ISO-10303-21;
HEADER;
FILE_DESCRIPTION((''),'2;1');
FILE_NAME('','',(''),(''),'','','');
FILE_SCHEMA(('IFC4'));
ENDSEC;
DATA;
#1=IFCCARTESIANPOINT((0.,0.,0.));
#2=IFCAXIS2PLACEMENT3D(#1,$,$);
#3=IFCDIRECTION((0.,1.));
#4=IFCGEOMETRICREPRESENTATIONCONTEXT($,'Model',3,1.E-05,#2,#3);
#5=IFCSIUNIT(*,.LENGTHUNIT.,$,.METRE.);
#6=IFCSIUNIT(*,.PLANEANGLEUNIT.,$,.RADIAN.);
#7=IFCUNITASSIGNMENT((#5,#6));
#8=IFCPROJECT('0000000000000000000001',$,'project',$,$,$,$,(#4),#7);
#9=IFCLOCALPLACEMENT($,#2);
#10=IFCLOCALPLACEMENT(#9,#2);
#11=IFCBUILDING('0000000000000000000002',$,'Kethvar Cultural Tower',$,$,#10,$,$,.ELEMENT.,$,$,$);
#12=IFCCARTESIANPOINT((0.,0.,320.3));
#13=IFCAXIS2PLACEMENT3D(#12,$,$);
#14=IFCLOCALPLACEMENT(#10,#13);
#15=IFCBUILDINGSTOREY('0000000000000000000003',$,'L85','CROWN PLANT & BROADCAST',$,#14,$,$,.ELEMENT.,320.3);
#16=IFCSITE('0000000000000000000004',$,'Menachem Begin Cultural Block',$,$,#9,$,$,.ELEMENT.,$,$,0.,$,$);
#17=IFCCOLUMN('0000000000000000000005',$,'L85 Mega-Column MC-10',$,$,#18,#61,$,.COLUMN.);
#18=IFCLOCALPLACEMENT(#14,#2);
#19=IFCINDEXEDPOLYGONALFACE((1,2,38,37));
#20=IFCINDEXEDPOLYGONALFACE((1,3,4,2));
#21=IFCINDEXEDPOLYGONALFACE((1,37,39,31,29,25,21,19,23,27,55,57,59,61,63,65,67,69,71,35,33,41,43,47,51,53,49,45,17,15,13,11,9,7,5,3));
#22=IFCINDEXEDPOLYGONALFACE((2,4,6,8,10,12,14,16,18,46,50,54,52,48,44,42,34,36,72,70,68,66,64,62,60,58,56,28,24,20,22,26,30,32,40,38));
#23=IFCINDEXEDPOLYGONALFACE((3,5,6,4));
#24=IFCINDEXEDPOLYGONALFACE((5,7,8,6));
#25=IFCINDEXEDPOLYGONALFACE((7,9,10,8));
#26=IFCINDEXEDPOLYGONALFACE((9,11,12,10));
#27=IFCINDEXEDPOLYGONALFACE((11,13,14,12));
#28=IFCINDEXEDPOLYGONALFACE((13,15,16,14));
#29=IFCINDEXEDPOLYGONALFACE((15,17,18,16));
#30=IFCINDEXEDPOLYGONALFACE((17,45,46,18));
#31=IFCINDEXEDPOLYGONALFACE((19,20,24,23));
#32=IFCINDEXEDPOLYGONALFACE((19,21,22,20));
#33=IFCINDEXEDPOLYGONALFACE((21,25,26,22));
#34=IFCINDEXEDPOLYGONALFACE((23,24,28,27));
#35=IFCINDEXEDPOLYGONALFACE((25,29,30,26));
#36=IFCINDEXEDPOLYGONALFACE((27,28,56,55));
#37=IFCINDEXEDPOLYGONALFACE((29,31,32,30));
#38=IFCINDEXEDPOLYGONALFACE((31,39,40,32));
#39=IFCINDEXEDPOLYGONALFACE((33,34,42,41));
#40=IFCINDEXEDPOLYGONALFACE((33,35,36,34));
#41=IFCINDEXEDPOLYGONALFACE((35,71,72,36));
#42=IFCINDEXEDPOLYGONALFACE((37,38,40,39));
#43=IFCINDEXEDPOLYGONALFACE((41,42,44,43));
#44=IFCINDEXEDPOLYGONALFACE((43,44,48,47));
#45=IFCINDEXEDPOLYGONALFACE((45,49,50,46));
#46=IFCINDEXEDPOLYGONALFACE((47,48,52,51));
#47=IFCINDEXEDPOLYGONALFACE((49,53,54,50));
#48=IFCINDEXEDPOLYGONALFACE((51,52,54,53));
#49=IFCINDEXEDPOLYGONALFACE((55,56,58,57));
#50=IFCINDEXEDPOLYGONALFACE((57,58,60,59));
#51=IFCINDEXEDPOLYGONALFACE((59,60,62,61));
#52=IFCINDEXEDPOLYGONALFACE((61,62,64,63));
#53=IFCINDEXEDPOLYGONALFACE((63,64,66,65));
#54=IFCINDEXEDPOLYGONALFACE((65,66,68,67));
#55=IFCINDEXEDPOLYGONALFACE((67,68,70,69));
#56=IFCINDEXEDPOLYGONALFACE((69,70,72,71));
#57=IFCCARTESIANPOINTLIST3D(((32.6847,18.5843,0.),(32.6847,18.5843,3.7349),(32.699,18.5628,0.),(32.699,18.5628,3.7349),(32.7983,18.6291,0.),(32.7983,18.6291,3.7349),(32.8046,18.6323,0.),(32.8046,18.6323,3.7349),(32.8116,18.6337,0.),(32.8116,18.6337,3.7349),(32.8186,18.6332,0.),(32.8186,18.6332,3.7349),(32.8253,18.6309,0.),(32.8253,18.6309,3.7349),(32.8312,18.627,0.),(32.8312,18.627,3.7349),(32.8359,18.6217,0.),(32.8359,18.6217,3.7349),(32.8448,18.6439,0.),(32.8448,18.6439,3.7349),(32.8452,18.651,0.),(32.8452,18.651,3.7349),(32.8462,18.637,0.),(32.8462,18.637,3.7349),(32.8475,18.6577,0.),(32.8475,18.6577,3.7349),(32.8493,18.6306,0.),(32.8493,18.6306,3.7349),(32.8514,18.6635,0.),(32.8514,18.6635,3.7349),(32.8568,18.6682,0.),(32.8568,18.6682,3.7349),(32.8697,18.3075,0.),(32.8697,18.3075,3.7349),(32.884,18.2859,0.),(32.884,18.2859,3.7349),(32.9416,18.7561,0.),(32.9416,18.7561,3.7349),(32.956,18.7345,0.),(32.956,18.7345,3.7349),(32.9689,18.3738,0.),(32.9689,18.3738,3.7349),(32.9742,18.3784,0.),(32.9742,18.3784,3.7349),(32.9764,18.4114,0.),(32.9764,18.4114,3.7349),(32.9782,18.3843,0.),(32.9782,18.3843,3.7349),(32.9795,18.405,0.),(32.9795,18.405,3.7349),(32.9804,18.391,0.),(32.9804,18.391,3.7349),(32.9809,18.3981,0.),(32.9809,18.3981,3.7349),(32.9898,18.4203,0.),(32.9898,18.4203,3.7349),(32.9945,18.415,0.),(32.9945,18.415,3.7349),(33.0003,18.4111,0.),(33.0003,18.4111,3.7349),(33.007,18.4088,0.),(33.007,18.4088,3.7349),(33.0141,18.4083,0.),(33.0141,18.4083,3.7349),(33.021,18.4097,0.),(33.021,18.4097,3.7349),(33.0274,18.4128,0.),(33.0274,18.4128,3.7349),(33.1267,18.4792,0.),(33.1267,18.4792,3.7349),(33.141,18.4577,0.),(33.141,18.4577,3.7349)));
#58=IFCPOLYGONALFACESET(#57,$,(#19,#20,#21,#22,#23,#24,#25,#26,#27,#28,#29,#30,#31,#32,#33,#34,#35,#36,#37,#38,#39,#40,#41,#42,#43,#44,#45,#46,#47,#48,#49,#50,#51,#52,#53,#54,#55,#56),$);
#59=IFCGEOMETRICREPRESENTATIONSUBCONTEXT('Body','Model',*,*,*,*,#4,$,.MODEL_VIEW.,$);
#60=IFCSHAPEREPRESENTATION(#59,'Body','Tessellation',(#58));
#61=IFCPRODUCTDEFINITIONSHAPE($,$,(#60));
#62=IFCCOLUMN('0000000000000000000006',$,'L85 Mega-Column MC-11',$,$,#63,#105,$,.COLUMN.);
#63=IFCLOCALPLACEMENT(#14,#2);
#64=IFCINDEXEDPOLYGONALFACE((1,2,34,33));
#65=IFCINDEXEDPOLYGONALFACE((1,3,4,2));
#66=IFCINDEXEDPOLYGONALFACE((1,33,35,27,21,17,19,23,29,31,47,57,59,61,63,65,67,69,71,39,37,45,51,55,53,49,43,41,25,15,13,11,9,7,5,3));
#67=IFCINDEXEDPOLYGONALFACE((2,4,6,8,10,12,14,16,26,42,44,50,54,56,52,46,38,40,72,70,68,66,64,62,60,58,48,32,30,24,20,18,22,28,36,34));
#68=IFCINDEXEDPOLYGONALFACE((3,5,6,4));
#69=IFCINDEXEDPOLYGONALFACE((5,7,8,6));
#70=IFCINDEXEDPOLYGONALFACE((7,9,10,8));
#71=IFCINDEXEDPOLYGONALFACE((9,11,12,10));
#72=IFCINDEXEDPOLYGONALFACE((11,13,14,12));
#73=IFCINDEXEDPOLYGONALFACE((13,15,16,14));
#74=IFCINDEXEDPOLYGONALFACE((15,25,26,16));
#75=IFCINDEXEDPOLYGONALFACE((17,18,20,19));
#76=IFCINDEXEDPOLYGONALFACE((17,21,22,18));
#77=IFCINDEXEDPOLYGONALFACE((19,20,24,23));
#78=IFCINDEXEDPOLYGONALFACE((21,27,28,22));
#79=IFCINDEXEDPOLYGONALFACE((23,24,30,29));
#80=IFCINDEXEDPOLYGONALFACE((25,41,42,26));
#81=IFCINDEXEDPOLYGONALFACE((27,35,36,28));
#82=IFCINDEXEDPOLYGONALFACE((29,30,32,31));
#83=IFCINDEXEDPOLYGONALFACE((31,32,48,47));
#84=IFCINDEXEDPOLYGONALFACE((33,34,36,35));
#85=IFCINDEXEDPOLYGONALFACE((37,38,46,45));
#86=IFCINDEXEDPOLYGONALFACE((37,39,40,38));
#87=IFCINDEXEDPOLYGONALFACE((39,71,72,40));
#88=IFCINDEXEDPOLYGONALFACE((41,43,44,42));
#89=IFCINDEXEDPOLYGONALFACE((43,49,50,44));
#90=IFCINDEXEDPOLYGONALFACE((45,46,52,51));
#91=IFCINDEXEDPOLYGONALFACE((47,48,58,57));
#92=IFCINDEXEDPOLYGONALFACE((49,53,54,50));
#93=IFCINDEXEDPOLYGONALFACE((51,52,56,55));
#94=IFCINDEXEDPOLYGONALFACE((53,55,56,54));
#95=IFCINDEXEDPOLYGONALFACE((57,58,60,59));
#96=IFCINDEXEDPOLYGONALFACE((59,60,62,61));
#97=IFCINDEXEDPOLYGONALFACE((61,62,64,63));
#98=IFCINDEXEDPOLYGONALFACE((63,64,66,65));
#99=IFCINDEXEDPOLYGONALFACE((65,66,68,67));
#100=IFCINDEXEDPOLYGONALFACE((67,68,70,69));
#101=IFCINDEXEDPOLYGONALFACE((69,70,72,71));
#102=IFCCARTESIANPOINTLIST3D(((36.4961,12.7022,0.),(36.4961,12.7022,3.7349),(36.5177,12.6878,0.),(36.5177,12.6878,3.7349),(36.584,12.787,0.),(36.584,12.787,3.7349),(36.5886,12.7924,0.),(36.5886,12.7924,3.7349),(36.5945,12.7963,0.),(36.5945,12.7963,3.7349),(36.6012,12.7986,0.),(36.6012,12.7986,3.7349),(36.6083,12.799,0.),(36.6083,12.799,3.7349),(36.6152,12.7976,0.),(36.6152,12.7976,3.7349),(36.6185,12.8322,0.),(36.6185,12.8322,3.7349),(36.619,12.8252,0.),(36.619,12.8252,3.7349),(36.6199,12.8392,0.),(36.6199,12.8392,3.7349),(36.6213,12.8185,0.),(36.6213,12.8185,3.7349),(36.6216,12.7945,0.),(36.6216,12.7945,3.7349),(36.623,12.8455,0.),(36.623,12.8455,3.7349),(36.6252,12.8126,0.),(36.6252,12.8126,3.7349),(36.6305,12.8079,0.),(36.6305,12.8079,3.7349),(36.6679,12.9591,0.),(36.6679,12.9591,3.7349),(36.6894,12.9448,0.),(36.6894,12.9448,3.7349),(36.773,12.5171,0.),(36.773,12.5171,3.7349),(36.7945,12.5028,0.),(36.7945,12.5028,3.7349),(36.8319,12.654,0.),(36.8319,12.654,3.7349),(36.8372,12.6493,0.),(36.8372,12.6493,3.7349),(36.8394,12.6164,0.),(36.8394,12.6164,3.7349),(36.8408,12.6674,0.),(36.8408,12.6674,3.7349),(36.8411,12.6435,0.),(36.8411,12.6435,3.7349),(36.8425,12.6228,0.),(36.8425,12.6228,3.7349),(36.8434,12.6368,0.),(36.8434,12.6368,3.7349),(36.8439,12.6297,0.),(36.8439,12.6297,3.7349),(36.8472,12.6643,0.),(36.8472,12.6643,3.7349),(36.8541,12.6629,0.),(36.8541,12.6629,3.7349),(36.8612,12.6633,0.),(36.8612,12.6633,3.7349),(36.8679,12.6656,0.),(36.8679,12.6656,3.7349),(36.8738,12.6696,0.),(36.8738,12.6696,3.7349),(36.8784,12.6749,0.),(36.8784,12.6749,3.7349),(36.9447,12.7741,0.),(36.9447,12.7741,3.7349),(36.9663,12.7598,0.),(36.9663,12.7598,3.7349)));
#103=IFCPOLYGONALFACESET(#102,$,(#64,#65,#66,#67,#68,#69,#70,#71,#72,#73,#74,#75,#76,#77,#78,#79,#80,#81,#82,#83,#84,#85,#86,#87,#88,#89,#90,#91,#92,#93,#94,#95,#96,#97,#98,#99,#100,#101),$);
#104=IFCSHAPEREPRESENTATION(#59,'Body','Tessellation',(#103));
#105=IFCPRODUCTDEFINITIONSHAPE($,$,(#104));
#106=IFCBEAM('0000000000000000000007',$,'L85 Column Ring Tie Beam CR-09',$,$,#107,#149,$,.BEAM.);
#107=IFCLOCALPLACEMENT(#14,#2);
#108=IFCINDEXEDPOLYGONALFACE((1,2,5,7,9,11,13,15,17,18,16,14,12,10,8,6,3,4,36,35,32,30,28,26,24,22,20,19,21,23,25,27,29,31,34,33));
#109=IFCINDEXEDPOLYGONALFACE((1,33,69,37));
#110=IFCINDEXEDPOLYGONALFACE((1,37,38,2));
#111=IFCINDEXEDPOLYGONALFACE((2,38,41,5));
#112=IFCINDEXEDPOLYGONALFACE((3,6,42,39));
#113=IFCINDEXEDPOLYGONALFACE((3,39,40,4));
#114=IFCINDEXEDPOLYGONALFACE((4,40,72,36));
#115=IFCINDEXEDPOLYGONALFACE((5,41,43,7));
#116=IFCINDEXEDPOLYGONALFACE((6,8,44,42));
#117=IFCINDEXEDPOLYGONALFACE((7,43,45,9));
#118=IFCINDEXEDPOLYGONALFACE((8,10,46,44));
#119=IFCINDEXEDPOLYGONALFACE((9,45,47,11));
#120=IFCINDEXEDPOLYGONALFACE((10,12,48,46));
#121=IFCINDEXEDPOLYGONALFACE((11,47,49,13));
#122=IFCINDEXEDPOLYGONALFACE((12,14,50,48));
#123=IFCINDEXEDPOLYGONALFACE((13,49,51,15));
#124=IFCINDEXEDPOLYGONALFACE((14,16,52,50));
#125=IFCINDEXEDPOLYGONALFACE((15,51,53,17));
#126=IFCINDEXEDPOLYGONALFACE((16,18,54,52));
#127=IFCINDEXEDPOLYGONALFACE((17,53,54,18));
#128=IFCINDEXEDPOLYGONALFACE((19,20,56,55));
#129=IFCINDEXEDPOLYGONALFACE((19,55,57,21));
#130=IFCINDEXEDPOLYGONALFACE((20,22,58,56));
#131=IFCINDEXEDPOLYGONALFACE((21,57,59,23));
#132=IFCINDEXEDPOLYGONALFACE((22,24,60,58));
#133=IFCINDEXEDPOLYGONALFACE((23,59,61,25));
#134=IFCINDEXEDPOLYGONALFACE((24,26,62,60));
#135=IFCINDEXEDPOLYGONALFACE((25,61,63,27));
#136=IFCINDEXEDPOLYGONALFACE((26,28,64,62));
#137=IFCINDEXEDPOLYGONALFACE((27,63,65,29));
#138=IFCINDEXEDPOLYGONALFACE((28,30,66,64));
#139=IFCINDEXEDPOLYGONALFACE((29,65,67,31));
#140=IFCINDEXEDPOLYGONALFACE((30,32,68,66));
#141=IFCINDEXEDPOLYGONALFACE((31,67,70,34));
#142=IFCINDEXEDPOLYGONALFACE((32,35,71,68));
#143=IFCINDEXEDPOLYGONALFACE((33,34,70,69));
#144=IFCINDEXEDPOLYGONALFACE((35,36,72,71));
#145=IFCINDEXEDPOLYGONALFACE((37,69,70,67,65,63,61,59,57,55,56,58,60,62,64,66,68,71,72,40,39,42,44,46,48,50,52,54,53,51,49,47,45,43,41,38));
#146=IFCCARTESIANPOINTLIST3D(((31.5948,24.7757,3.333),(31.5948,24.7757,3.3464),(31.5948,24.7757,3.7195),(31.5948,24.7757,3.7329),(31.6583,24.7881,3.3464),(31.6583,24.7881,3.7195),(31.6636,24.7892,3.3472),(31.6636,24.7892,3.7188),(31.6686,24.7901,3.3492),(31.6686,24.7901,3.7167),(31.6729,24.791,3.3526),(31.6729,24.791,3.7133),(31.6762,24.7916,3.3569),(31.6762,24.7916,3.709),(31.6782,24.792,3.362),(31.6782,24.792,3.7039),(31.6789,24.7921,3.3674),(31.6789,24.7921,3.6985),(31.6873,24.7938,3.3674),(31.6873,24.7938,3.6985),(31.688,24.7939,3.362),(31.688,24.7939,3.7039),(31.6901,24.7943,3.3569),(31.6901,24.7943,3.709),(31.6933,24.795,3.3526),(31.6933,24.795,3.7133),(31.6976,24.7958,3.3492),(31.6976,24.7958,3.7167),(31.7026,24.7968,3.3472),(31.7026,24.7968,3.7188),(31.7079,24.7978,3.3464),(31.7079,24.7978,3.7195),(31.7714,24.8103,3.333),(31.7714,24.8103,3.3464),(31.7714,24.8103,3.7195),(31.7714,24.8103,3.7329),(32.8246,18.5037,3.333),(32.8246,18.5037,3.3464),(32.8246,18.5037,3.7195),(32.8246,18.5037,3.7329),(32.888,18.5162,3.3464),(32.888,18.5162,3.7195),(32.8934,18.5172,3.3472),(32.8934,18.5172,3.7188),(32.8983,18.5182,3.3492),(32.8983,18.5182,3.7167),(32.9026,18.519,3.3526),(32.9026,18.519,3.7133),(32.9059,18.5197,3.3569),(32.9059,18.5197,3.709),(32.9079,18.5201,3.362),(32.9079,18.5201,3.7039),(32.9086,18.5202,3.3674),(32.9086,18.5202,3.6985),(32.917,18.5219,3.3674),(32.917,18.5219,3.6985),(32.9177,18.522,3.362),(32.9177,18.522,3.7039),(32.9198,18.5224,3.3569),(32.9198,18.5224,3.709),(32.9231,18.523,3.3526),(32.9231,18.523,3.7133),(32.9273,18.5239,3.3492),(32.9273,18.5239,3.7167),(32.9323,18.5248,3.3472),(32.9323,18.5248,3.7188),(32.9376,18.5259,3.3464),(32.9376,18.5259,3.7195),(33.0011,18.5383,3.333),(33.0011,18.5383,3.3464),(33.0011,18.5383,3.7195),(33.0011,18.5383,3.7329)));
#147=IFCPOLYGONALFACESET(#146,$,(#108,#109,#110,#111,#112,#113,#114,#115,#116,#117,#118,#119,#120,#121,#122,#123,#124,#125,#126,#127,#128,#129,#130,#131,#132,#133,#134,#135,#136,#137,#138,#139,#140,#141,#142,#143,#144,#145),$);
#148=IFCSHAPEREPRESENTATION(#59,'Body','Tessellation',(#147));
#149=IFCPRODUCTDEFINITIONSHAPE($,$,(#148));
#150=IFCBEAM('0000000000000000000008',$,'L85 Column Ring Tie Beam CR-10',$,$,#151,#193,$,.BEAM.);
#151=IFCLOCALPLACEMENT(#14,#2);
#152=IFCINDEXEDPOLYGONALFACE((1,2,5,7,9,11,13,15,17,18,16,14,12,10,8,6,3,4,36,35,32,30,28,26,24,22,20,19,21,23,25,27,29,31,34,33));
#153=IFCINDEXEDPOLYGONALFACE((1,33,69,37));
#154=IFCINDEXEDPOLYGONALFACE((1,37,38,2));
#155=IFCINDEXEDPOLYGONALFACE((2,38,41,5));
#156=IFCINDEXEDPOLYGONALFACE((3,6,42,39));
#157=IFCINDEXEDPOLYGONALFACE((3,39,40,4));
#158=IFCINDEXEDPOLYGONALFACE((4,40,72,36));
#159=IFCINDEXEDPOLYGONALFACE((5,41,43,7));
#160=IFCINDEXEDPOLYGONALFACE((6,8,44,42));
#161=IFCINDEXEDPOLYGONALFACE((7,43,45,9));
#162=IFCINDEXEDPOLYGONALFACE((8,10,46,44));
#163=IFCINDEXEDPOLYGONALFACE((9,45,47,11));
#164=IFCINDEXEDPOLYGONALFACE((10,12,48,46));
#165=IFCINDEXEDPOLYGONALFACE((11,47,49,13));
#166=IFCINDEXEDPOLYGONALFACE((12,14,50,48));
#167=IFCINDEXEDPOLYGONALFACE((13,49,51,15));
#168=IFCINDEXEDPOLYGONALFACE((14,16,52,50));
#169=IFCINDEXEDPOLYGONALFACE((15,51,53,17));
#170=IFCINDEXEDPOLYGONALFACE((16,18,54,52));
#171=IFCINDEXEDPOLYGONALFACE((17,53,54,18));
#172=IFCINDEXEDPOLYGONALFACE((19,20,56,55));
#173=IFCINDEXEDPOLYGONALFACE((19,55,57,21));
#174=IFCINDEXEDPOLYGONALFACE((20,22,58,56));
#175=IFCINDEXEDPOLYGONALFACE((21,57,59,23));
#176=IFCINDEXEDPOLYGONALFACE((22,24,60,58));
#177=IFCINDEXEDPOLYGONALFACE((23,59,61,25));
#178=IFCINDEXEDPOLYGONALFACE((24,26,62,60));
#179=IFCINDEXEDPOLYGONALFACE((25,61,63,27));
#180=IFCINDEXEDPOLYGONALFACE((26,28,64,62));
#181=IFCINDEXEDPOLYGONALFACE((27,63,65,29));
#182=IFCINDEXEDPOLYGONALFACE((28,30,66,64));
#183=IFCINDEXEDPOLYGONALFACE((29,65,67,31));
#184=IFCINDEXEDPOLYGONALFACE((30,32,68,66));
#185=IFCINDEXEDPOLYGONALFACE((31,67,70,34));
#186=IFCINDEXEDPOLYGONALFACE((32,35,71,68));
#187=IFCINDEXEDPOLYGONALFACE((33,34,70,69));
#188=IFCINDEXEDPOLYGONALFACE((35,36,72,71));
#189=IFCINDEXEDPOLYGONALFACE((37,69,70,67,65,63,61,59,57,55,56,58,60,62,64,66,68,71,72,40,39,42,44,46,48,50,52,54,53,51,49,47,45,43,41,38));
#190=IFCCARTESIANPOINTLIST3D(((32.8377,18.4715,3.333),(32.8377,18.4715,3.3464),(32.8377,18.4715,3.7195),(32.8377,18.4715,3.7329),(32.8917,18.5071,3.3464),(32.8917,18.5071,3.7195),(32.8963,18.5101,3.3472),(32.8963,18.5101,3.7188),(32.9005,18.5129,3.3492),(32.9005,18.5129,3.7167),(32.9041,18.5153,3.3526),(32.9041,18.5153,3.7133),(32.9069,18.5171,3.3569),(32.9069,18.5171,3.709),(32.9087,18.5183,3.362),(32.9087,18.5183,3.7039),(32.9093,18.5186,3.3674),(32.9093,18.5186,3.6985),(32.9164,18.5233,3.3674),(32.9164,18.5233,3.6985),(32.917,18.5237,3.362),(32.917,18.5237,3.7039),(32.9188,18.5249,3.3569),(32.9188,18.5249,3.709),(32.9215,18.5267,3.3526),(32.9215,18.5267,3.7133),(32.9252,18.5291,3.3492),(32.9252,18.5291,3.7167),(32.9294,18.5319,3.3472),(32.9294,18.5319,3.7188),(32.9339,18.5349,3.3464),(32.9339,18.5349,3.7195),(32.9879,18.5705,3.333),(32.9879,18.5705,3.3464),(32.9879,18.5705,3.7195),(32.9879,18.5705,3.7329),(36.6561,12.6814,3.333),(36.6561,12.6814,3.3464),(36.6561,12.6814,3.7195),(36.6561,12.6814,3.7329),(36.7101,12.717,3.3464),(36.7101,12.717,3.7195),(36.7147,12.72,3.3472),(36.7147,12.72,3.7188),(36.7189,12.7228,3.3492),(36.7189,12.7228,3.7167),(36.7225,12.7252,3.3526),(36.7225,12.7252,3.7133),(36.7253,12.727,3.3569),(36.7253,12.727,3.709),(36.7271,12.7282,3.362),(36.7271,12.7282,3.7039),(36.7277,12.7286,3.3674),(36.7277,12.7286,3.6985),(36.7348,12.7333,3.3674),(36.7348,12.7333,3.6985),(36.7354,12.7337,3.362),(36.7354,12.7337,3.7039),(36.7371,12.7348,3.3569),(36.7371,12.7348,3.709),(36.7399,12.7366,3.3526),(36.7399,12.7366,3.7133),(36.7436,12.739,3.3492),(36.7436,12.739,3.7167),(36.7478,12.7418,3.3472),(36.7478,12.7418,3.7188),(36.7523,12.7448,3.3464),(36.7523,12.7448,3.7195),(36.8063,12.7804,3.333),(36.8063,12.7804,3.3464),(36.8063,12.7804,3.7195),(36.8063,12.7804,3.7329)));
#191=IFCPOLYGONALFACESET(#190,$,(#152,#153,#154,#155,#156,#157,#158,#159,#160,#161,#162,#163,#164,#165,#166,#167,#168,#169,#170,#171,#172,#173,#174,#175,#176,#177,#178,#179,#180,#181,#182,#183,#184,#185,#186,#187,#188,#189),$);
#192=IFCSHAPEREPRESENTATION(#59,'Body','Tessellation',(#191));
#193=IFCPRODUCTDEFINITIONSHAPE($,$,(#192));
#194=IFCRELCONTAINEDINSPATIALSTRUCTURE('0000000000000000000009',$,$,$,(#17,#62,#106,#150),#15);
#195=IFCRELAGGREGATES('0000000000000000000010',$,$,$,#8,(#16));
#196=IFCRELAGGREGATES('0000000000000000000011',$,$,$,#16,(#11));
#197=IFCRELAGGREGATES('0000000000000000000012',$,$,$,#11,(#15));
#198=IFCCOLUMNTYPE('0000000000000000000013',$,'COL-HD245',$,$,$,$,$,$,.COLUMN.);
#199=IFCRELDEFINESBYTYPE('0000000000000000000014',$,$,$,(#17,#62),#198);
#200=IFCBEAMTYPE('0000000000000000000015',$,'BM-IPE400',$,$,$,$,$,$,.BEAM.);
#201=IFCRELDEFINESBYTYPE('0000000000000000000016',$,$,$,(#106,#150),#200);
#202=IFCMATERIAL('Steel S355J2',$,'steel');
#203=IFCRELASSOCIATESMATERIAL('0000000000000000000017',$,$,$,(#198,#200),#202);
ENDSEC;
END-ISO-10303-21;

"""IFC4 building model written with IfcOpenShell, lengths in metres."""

from ifc_helpers import new_model, si_unit, direction, frame, origin, origin_2d, place, context, subcontext, project, spatial, i_section, extrude, source, transform, mapped, material, material_profile, profile_set, type_object, element, save


model = new_model("IFC4")

# Units and contexts
model_context = context("Model", 3, precision=1e-05, world=origin(), true_north=direction((0.0, 1.0)))
body_context = subcontext(model_context, "Body", "Model", "MODEL_VIEW")
ifc_project = project(units=[si_unit("LENGTHUNIT", "METRE"), si_unit("PLANEANGLEUNIT", "RADIAN")], contexts=[model_context])

# Site, building, storey
site_placement = place(None, origin())
site = spatial("IfcSite", under=ifc_project, at=site_placement, Name="Menachem Begin Cultural Block", CompositionType="ELEMENT", RefElevation=0.0)
building_placement = place(site_placement, origin())
building = spatial("IfcBuilding", under=site, at=building_placement, Name="Kethvar Cultural Tower", CompositionType="ELEMENT")
storey_placement = place(building_placement, frame((0.0, 0.0, 320.3)))
storey = spatial("IfcBuildingStorey", under=building, at=storey_placement, Name="L85", Description="CROWN PLANT & BROADCAST", CompositionType="ELEMENT", Elevation=320.3)

# Columns
ifc_material_1 = material(Name="Steel S355J2", Category="steel")
ifc_material_profile_1 = material_profile(ifc_material_1, i_section(OverallWidth=0.3091, OverallDepth=0.3589, WebThickness=0.0161, FlangeThickness=0.0259, FilletRadius=0.0271, at=origin_2d()), Name="Steel S355J2 — HD320x245")
ifc_profile_set_1 = profile_set([ifc_material_profile_1], Name="Steel S355J2 — HD320x245")
column_type = type_object("IfcColumnType", Name="COL-HD245", PredefinedType="COLUMN", material=ifc_profile_set_1)
shared_shape_1 = source(origin(), body_context, "Body", "SweptSolid", [
    extrude(i_section(OverallWidth=0.3091, OverallDepth=0.3589, WebThickness=0.0161, FlangeThickness=0.0259, FilletRadius=0.0271, at=origin_2d()), origin(), (0.0, 0.0, 1.0), 3.7349),
])
for number, where, z_axis, x_axis, name in (
    (1, (32.9128, 18.521, 0.0), (0.0, 0.0, 1.0), (-0.83147, -0.55557, 0.0), "L85 Mega-Column MC-10"),
    (2, (36.7312, 12.731, 0.0), (0.0, 0.0, 1.0), (-0.55557, -0.83147, 0.0), "L85 Mega-Column MC-11"),
):
    element("IfcColumn", number, at=place(storey_placement, frame(where, z_axis=z_axis, x_axis=x_axis)), inside=storey, type_object=column_type, Name=name, PredefinedType="COLUMN", context=body_context, shape_type="MappedRepresentation", body=[
        mapped(shared_shape_1, transform((0.0, 0.0, 0.0), scale=1.0)),
    ])

# Beams
ifc_material_profile_2 = material_profile(ifc_material_1, i_section(OverallWidth=0.1799, OverallDepth=0.3999, WebThickness=0.0085, FlangeThickness=0.0134, FilletRadius=0.021, at=origin_2d()), Name="Steel S355J2 — IPE400")
ifc_profile_set_2 = profile_set([ifc_material_profile_2], Name="Steel S355J2 — IPE400")
beam_type_1 = type_object("IfcBeamType", Name="BM-IPE400", PredefinedType="BEAM", material=ifc_profile_set_2)
shared_shape_2 = source(origin(), body_context, "Body", "SweptSolid", [
    extrude(i_section(OverallWidth=0.1799, OverallDepth=0.3999, WebThickness=0.0085, FlangeThickness=0.0134, FilletRadius=0.021, at=origin_2d()), origin(), (0.0, 0.0, 1.0), 6.3914),
])
beam_1_placement = place(storey_placement, frame((31.6831, 24.793, 3.533), z_axis=(0.192405, -0.981316, 0.0), x_axis=(0.981316, 0.192405, 0.0)))
element("IfcBeam", 3, at=beam_1_placement, inside=storey, type_object=beam_type_1, Name="L85 Column Ring Tie Beam CR-09", PredefinedType="BEAM", context=body_context, shape_type="MappedRepresentation", body=[
    mapped(shared_shape_2, transform((0.0, 0.0, 0.0), scale=1.0)),
])
shared_shape_3 = source(origin(), body_context, "Body", "SweptSolid", [
    extrude(i_section(OverallWidth=0.1799, OverallDepth=0.3999, WebThickness=0.0085, FlangeThickness=0.0134, FilletRadius=0.021, at=origin_2d()), origin(), (0.0, 0.0, 1.0), 6.9358),
])
beam_2_placement = place(storey_placement, frame((32.9128, 18.521, 3.533), z_axis=(0.550534, -0.834813, 0.0), x_axis=(0.834813, 0.550534, 0.0)))
element("IfcBeam", 4, at=beam_2_placement, inside=storey, type_object=beam_type_1, Name="L85 Column Ring Tie Beam CR-10", PredefinedType="BEAM", context=body_context, shape_type="MappedRepresentation", body=[
    mapped(shared_shape_3, transform((0.0, 0.0, 0.0), scale=1.0)),
])

save(model, "model.ifc")
